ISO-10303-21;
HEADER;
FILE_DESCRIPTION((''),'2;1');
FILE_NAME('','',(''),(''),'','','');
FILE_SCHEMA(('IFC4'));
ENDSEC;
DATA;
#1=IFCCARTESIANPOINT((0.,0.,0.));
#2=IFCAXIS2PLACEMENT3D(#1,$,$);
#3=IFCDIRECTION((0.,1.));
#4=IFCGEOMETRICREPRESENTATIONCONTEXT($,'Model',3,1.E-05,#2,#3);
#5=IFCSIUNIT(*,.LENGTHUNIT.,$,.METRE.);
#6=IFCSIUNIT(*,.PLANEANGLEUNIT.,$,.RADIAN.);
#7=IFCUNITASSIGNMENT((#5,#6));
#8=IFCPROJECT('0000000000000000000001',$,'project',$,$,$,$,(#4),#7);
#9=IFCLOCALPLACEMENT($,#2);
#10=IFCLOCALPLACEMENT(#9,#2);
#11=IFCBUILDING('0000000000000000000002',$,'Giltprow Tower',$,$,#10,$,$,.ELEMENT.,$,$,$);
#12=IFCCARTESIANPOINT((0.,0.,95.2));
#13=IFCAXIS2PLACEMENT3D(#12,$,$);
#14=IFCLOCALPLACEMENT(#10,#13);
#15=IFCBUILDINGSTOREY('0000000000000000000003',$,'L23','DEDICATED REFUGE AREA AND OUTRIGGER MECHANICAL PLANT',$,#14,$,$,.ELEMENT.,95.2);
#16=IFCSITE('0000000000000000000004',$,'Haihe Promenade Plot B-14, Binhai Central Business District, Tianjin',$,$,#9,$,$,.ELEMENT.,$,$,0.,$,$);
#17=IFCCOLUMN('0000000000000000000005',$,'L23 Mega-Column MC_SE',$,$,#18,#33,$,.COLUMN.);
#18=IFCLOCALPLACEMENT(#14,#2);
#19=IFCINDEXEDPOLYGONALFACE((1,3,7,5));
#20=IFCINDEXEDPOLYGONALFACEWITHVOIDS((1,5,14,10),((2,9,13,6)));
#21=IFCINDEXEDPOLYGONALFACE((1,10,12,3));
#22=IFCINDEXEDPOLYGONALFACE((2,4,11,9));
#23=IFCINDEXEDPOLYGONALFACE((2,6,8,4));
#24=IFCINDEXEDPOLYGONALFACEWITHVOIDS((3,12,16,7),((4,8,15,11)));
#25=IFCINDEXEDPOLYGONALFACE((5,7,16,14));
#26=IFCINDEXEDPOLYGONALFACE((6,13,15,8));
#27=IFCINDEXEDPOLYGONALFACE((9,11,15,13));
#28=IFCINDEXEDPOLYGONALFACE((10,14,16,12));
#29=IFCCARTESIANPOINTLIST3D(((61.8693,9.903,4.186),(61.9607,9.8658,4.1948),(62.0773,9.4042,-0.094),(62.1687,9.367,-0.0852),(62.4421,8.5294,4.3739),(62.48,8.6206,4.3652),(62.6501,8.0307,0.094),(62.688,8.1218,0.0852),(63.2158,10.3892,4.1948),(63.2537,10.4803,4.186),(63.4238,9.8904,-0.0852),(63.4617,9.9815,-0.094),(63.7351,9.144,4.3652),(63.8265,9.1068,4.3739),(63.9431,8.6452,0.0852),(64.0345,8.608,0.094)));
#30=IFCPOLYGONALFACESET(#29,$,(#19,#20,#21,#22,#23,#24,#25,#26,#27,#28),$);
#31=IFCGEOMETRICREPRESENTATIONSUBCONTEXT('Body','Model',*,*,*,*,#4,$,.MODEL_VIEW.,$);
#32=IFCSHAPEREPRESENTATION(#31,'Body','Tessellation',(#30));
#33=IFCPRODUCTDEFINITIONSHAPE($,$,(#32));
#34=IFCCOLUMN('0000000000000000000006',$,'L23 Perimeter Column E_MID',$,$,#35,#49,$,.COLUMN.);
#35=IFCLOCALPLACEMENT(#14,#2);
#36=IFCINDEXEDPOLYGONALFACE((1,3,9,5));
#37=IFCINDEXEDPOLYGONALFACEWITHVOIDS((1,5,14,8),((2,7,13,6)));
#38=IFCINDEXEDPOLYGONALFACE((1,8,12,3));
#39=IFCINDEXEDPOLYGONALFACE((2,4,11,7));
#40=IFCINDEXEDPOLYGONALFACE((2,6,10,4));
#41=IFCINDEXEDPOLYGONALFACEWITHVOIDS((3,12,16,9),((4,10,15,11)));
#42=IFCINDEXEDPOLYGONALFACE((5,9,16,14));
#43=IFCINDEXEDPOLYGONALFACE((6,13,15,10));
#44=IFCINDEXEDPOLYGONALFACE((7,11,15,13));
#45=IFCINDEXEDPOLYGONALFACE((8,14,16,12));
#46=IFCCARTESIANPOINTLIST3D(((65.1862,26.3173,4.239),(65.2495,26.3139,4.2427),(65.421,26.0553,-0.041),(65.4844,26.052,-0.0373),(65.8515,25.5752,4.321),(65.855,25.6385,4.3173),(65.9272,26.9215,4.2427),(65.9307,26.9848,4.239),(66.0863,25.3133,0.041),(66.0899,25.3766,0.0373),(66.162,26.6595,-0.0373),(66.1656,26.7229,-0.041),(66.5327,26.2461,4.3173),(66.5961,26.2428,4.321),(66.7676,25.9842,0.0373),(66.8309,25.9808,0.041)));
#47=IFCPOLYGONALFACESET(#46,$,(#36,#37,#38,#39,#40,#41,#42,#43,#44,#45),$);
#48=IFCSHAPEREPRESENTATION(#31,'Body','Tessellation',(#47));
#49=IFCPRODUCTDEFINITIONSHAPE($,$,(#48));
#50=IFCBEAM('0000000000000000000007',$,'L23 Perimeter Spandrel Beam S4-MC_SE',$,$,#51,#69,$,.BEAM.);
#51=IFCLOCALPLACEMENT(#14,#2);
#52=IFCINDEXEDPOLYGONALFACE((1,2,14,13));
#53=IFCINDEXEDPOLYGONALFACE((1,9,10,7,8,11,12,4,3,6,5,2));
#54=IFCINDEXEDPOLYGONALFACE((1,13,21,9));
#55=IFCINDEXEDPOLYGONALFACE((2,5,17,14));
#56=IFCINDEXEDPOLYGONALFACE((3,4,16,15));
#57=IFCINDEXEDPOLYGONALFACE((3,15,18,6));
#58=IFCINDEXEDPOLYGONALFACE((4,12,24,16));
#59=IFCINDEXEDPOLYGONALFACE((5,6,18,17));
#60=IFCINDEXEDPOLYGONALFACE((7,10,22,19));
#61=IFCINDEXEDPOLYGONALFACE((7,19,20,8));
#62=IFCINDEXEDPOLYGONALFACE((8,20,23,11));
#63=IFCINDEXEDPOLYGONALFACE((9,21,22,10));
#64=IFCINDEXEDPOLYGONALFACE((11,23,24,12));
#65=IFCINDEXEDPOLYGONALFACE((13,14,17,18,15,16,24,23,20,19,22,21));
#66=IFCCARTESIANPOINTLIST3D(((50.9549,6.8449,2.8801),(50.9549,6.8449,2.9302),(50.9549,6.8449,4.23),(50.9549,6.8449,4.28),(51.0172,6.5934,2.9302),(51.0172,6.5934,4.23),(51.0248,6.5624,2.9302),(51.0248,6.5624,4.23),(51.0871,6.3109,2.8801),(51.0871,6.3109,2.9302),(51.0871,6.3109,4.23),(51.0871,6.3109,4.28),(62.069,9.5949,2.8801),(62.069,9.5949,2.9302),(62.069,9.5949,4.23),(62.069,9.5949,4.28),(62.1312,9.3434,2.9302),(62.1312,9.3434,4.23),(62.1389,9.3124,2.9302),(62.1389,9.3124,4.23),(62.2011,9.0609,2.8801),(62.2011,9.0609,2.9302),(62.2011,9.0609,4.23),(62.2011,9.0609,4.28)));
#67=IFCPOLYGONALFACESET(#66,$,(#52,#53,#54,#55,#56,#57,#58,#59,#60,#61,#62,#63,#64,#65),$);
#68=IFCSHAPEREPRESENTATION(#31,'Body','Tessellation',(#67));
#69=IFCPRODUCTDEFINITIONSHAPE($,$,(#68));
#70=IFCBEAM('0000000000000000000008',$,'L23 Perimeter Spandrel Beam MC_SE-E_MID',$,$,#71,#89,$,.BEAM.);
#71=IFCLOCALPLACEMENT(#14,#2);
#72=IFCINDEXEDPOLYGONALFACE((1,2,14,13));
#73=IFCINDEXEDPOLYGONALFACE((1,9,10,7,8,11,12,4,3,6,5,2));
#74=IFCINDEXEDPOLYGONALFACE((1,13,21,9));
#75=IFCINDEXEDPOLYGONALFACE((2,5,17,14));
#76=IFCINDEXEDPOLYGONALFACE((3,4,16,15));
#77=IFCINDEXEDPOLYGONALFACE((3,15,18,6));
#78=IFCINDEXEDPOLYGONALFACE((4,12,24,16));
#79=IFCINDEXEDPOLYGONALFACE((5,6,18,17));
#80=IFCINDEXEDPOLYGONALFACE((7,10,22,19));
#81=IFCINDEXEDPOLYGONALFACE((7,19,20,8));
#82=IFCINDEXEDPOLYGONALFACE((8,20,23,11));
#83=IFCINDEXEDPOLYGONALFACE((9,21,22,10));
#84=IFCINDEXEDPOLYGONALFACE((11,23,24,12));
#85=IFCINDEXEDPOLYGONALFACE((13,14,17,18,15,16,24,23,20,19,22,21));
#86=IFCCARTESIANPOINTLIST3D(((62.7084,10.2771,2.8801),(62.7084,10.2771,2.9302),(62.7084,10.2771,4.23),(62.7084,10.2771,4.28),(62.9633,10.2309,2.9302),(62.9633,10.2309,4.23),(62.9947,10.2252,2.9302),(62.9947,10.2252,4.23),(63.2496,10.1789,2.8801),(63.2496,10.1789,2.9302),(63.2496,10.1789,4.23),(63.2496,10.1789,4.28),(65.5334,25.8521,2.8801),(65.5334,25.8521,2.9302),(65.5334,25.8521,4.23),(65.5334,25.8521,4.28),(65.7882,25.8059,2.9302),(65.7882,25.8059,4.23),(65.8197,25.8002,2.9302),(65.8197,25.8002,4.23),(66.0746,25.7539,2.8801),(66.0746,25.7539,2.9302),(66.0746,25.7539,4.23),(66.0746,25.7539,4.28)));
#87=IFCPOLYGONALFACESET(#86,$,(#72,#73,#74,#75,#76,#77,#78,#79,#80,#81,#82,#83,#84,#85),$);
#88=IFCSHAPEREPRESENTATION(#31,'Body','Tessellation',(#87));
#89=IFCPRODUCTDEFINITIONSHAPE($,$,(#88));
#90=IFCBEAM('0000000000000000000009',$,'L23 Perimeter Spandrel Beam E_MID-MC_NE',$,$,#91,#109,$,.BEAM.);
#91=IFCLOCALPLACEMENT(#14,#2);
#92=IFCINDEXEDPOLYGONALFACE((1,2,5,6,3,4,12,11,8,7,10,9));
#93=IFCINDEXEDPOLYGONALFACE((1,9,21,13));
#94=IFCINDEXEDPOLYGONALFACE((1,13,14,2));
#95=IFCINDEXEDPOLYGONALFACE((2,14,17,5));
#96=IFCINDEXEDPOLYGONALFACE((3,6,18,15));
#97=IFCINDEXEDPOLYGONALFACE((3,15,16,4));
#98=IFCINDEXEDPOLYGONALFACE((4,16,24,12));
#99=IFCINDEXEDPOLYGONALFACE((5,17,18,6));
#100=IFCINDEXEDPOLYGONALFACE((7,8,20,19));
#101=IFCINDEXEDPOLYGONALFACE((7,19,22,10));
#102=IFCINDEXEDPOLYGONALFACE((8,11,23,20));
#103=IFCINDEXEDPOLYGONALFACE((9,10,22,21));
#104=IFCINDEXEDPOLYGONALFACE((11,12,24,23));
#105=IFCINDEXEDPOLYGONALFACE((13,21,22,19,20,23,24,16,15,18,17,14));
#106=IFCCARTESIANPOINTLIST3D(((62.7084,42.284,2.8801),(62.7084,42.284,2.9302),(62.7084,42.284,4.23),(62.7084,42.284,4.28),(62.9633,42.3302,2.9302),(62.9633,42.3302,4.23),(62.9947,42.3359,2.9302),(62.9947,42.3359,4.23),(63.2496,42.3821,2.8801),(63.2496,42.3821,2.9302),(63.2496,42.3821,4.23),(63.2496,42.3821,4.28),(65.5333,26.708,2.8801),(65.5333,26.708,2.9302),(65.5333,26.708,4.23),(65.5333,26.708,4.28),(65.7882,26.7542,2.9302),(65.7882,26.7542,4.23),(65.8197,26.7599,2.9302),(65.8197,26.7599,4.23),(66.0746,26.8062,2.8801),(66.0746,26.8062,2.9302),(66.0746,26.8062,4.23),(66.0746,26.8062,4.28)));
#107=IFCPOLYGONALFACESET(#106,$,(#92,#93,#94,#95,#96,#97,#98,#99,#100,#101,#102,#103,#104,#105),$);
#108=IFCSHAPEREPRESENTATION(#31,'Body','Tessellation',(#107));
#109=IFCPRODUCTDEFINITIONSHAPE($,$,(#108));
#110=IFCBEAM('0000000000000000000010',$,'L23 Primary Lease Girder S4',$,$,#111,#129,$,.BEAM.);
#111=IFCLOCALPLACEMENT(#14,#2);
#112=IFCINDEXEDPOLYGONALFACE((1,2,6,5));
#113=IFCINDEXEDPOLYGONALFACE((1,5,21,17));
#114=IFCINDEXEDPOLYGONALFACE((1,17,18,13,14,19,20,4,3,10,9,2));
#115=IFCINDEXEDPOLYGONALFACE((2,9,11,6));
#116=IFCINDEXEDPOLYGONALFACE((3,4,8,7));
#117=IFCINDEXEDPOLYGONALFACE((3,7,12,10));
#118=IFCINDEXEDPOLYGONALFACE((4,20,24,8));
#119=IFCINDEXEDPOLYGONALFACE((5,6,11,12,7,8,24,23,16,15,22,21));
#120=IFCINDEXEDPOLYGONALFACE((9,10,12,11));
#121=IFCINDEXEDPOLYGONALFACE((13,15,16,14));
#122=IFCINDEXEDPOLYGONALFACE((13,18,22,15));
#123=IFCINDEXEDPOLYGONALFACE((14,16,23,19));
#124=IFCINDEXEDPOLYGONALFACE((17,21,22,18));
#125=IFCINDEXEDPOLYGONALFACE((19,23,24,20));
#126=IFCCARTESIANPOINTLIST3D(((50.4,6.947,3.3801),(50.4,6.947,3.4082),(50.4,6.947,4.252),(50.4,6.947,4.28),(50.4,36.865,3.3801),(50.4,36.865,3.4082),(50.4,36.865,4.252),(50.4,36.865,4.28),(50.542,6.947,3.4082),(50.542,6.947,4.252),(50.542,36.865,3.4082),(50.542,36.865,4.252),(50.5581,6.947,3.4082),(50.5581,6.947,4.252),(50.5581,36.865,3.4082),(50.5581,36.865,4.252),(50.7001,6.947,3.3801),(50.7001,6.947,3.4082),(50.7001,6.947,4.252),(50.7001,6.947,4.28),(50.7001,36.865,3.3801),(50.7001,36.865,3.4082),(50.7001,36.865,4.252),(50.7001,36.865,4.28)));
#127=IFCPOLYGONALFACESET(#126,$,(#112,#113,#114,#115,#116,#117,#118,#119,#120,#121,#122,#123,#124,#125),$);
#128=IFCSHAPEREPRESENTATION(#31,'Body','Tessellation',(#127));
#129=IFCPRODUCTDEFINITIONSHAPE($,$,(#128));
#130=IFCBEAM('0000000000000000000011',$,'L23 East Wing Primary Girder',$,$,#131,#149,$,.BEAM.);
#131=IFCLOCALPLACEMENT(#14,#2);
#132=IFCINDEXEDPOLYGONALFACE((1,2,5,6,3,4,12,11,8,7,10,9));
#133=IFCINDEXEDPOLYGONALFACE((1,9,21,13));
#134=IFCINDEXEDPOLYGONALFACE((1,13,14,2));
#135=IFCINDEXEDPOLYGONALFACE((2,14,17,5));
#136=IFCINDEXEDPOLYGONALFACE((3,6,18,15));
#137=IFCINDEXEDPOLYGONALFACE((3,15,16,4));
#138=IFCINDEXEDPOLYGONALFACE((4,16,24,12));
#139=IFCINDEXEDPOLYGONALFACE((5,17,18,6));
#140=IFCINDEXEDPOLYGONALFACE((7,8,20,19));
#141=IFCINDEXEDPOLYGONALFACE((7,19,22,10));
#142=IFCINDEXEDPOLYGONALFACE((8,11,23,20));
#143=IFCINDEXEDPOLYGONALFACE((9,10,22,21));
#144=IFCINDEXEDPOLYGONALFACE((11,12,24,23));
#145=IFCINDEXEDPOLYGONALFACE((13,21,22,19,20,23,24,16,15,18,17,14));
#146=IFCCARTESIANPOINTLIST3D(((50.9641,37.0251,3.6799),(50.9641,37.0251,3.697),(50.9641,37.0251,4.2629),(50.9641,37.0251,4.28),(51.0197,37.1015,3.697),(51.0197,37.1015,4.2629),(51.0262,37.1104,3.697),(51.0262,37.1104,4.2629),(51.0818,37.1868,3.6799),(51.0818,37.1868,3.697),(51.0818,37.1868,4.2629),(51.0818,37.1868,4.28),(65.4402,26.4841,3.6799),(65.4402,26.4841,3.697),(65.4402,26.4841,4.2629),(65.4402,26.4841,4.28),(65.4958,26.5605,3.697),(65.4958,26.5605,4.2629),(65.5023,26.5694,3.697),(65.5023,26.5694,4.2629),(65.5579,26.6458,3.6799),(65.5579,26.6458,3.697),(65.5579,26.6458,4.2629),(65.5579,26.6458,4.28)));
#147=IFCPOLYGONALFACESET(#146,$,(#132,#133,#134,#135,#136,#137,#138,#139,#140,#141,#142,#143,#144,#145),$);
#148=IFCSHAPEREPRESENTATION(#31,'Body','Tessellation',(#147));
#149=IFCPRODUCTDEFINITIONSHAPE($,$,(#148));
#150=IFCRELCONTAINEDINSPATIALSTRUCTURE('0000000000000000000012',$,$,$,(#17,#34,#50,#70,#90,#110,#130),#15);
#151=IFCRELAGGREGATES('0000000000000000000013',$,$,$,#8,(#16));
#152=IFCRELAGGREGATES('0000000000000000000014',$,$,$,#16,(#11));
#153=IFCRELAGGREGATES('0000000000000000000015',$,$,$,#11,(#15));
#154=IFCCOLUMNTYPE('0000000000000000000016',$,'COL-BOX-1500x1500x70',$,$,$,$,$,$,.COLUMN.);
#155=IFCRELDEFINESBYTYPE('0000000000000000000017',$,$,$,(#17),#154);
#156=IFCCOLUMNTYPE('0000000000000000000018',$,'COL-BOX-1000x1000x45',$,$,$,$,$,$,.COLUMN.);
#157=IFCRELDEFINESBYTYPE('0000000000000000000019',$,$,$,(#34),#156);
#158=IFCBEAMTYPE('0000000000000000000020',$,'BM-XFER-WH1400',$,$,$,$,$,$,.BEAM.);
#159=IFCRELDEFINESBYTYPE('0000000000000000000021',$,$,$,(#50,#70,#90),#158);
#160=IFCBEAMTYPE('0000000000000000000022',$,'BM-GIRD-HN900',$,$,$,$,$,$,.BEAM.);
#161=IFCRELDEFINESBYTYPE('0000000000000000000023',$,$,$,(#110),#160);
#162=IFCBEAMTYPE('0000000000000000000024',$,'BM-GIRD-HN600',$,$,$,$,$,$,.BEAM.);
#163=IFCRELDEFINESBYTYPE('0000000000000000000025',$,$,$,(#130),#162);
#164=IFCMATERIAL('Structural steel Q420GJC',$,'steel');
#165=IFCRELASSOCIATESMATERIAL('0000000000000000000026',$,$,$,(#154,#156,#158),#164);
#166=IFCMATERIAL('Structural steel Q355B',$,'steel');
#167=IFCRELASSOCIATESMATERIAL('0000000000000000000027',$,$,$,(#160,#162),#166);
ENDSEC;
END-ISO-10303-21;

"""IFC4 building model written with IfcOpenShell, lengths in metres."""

from ifc_helpers import new_model, si_unit, direction, frame, origin, origin_2d, place, context, subcontext, project, spatial, hollow_rectangle, i_section, extrude, source, transform, mapped, material, material_profile, profile_set, type_object, element, save


model = new_model("IFC4")

# Units and contexts
model_context = context("Model", 3, precision=1e-05, world=origin(), true_north=direction((0.0, 1.0)))
body_context = subcontext(model_context, "Body", "Model", "MODEL_VIEW")
ifc_project = project(units=[si_unit("LENGTHUNIT", "METRE"), si_unit("PLANEANGLEUNIT", "RADIAN")], contexts=[model_context])

# Site, building, storey
site_placement = place(None, origin())
site = spatial("IfcSite", under=ifc_project, at=site_placement, Name="Haihe Promenade Plot B-14, Binhai Central Business District, Tianjin", CompositionType="ELEMENT", RefElevation=0.0)
building_placement = place(site_placement, origin())
building = spatial("IfcBuilding", under=site, at=building_placement, Name="Giltprow Tower", CompositionType="ELEMENT")
storey_placement = place(building_placement, frame((0.0, 0.0, 95.2)))
storey = spatial("IfcBuildingStorey", under=building, at=storey_placement, Name="L23", Description="DEDICATED REFUGE AREA AND OUTRIGGER MECHANICAL PLANT", CompositionType="ELEMENT", Elevation=95.2)

# Columns
ifc_material_1 = material(Name="Structural steel Q420GJC", Category="steel")
ifc_material_profile_1 = material_profile(ifc_material_1, hollow_rectangle(XDim=1.5, YDim=1.5, WallThickness=0.0701, at=origin_2d()), Name="BOX 1500x1500x70")
ifc_profile_set_1 = profile_set([ifc_material_profile_1], Name="Structural steel Q420GJC")
column_type_1 = type_object("IfcColumnType", Name="COL-BOX-1500x1500x70", PredefinedType="COLUMN", material=ifc_profile_set_1)
shared_shape_1 = source(origin(), body_context, "Body", "SweptSolid", [
    extrude(hollow_rectangle(XDim=1.5, YDim=1.5, WallThickness=0.0701, at=origin_2d()), origin(), (0.0, 0.0, 1.0), 4.314),
])
column_1_placement = place(storey_placement, frame((63.0559, 9.0061, 0.0), z_axis=(-0.048217, 0.115618, 0.992123), x_axis=(-0.922957, -0.384904, 0.0)))
element("IfcColumn", 1, at=column_1_placement, inside=storey, type_object=column_type_1, Name="L23 Mega-Column MC_SE", PredefinedType="COLUMN", context=body_context, shape_type="MappedRepresentation", body=[
    mapped(shared_shape_1, transform((0.0, 0.0, 0.0), x_axis=(1.0, 0.0, 0.0), y_axis=(0.0, 1.0, 0.0), z_axis=(0.0, 0.0, 1.0), scale=1.0)),
])
ifc_material_profile_2 = material_profile(ifc_material_1, hollow_rectangle(XDim=1.0, YDim=1.0, WallThickness=0.0449, at=origin_2d()), Name="BOX 1000x1000x45")
ifc_profile_set_2 = profile_set([ifc_material_profile_2], Name="Structural steel Q420GJC")
column_type_2 = type_object("IfcColumnType", Name="COL-BOX-1000x1000x45", PredefinedType="COLUMN", material=ifc_profile_set_2)
shared_shape_2 = source(origin(), body_context, "Body", "SweptSolid", [
    extrude(hollow_rectangle(XDim=1.0, YDim=1.0, WallThickness=0.0449, at=origin_2d()), origin(), (0.0, 0.0, 1.0), 4.2944),
])
column_2_placement = place(storey_placement, frame((66.126, 26.0181, 0.0), z_axis=(-0.05469, 0.061, 0.996638), x_axis=(-0.744569, -0.667545, 0.0)))
element("IfcColumn", 2, at=column_2_placement, inside=storey, type_object=column_type_2, Name="L23 Perimeter Column E_MID", PredefinedType="COLUMN", context=body_context, shape_type="MappedRepresentation", body=[
    mapped(shared_shape_2, transform((0.0, 0.0, 0.0), x_axis=(1.0, 0.0, 0.0), y_axis=(0.0, 1.0, 0.0), z_axis=(0.0, 0.0, 1.0), scale=1.0)),
])

# Beams
ifc_material_profile_3 = material_profile(ifc_material_1, i_section(OverallWidth=0.55, OverallDepth=1.3999, WebThickness=0.032, FlangeThickness=0.05, at=origin_2d()), Name="WH 1400x550x32x50")
ifc_profile_set_3 = profile_set([ifc_material_profile_3], Name="Structural steel Q420GJC")
beam_type_1 = type_object("IfcBeamType", Name="BM-XFER-WH1400", PredefinedType="BEAM", material=ifc_profile_set_3)
shared_shape_3 = source(origin(), body_context, "Body", "SweptSolid", [
    extrude(i_section(OverallWidth=0.55, OverallDepth=1.3999, WebThickness=0.032, FlangeThickness=0.05, at=origin_2d()), origin(), (0.0, 0.0, 1.0), 11.4492),
])
beam_1_placement = place(storey_placement, frame((51.021, 6.5779, 3.5801), z_axis=(0.970725, 0.240192, 0.0), x_axis=(-0.240192, 0.970725, 0.0)))
element("IfcBeam", 3, at=beam_1_placement, inside=storey, type_object=beam_type_1, Name="L23 Perimeter Spandrel Beam S4-MC_SE", PredefinedType="BEAM", context=body_context, shape_type="MappedRepresentation", body=[
    mapped(shared_shape_3, transform((0.0, 0.0, 0.0), x_axis=(1.0, 0.0, 0.0), y_axis=(0.0, 1.0, 0.0), z_axis=(0.0, 0.0, 1.0), scale=1.0)),
])
shared_shape_4 = source(origin(), body_context, "Body", "SweptSolid", [
    extrude(i_section(OverallWidth=0.55, OverallDepth=1.3999, WebThickness=0.032, FlangeThickness=0.05, at=origin_2d()), origin(), (0.0, 0.0, 1.0), 15.8291),
])
beam_2_placement = place(storey_placement, frame((62.979, 10.228, 3.5801), z_axis=(0.178466, 0.983946, 0.0), x_axis=(-0.983946, 0.178466, 0.0)))
element("IfcBeam", 4, at=beam_2_placement, inside=storey, type_object=beam_type_1, Name="L23 Perimeter Spandrel Beam MC_SE-E_MID", PredefinedType="BEAM", context=body_context, shape_type="MappedRepresentation", body=[
    mapped(shared_shape_4, transform((0.0, 0.0, 0.0), x_axis=(1.0, 0.0, 0.0), y_axis=(0.0, 1.0, 0.0), z_axis=(0.0, 0.0, 1.0), scale=1.0)),
])
shared_shape_5 = source(origin(), body_context, "Body", "SweptSolid", [
    extrude(i_section(OverallWidth=0.55, OverallDepth=1.3999, WebThickness=0.032, FlangeThickness=0.05, at=origin_2d()), origin(), (0.0, 0.0, 1.0), 15.8301),
])
beam_3_placement = place(storey_placement, frame((65.804, 26.7571, 3.5801), z_axis=(-0.178455, 0.983948, 0.0), x_axis=(-0.983948, -0.178455, 0.0)))
element("IfcBeam", 5, at=beam_3_placement, inside=storey, type_object=beam_type_1, Name="L23 Perimeter Spandrel Beam E_MID-MC_NE", PredefinedType="BEAM", context=body_context, shape_type="MappedRepresentation", body=[
    mapped(shared_shape_5, transform((0.0, 0.0, 0.0), x_axis=(1.0, 0.0, 0.0), y_axis=(0.0, 1.0, 0.0), z_axis=(0.0, 0.0, 1.0), scale=1.0)),
])
ifc_material_2 = material(Name="Structural steel Q355B", Category="steel")
ifc_material_profile_4 = material_profile(ifc_material_2, i_section(OverallWidth=0.3, OverallDepth=0.8999, WebThickness=0.0161, FlangeThickness=0.0281, at=origin_2d()), Name="HN 900x300x16x28")
ifc_profile_set_4 = profile_set([ifc_material_profile_4], Name="Structural steel Q355B")
beam_type_2 = type_object("IfcBeamType", Name="BM-GIRD-HN900", PredefinedType="BEAM", material=ifc_profile_set_4)
shared_shape_6 = source(origin(), body_context, "Body", "SweptSolid", [
    extrude(i_section(OverallWidth=0.3, OverallDepth=0.8999, WebThickness=0.0161, FlangeThickness=0.0281, at=origin_2d()), origin(), (0.0, 0.0, 1.0), 29.918),
])
beam_4_placement = place(storey_placement, frame((50.55, 6.947, 3.8301), z_axis=(0.0, 1.0, 0.0), x_axis=(-1.0, 0.0, 0.0)))
element("IfcBeam", 6, at=beam_4_placement, inside=storey, type_object=beam_type_2, Name="L23 Primary Lease Girder S4", PredefinedType="BEAM", context=body_context, shape_type="MappedRepresentation", body=[
    mapped(shared_shape_6, transform((0.0, 0.0, 0.0), x_axis=(1.0, 0.0, 0.0), y_axis=(0.0, 1.0, 0.0), z_axis=(0.0, 0.0, 1.0), scale=1.0)),
])
ifc_material_profile_5 = material_profile(ifc_material_2, i_section(OverallWidth=0.2, OverallDepth=0.6001, WebThickness=0.011, FlangeThickness=0.0171, at=origin_2d()), Name="HN 600x200x11x17")
ifc_profile_set_5 = profile_set([ifc_material_profile_5], Name="Structural steel Q355B")
beam_type_3 = type_object("IfcBeamType", Name="BM-GIRD-HN600", PredefinedType="BEAM", material=ifc_profile_set_5)
shared_shape_7 = source(origin(), body_context, "Body", "SweptSolid", [
    extrude(i_section(OverallWidth=0.2, OverallDepth=0.6001, WebThickness=0.011, FlangeThickness=0.0171, at=origin_2d()), origin(), (0.0, 0.0, 1.0), 17.9072),
])
beam_5_placement = place(storey_placement, frame((65.499, 26.5649, 3.98), z_axis=(-0.808392, 0.588645, 0.0), x_axis=(-0.588645, -0.808392, 0.0)))
element("IfcBeam", 7, at=beam_5_placement, inside=storey, type_object=beam_type_3, Name="L23 East Wing Primary Girder", PredefinedType="BEAM", context=body_context, shape_type="MappedRepresentation", body=[
    mapped(shared_shape_7, transform((0.0, 0.0, 0.0), x_axis=(1.0, 0.0, 0.0), y_axis=(0.0, 1.0, 0.0), z_axis=(0.0, 0.0, 1.0), scale=1.0)),
])

save(model, "model.ifc")
